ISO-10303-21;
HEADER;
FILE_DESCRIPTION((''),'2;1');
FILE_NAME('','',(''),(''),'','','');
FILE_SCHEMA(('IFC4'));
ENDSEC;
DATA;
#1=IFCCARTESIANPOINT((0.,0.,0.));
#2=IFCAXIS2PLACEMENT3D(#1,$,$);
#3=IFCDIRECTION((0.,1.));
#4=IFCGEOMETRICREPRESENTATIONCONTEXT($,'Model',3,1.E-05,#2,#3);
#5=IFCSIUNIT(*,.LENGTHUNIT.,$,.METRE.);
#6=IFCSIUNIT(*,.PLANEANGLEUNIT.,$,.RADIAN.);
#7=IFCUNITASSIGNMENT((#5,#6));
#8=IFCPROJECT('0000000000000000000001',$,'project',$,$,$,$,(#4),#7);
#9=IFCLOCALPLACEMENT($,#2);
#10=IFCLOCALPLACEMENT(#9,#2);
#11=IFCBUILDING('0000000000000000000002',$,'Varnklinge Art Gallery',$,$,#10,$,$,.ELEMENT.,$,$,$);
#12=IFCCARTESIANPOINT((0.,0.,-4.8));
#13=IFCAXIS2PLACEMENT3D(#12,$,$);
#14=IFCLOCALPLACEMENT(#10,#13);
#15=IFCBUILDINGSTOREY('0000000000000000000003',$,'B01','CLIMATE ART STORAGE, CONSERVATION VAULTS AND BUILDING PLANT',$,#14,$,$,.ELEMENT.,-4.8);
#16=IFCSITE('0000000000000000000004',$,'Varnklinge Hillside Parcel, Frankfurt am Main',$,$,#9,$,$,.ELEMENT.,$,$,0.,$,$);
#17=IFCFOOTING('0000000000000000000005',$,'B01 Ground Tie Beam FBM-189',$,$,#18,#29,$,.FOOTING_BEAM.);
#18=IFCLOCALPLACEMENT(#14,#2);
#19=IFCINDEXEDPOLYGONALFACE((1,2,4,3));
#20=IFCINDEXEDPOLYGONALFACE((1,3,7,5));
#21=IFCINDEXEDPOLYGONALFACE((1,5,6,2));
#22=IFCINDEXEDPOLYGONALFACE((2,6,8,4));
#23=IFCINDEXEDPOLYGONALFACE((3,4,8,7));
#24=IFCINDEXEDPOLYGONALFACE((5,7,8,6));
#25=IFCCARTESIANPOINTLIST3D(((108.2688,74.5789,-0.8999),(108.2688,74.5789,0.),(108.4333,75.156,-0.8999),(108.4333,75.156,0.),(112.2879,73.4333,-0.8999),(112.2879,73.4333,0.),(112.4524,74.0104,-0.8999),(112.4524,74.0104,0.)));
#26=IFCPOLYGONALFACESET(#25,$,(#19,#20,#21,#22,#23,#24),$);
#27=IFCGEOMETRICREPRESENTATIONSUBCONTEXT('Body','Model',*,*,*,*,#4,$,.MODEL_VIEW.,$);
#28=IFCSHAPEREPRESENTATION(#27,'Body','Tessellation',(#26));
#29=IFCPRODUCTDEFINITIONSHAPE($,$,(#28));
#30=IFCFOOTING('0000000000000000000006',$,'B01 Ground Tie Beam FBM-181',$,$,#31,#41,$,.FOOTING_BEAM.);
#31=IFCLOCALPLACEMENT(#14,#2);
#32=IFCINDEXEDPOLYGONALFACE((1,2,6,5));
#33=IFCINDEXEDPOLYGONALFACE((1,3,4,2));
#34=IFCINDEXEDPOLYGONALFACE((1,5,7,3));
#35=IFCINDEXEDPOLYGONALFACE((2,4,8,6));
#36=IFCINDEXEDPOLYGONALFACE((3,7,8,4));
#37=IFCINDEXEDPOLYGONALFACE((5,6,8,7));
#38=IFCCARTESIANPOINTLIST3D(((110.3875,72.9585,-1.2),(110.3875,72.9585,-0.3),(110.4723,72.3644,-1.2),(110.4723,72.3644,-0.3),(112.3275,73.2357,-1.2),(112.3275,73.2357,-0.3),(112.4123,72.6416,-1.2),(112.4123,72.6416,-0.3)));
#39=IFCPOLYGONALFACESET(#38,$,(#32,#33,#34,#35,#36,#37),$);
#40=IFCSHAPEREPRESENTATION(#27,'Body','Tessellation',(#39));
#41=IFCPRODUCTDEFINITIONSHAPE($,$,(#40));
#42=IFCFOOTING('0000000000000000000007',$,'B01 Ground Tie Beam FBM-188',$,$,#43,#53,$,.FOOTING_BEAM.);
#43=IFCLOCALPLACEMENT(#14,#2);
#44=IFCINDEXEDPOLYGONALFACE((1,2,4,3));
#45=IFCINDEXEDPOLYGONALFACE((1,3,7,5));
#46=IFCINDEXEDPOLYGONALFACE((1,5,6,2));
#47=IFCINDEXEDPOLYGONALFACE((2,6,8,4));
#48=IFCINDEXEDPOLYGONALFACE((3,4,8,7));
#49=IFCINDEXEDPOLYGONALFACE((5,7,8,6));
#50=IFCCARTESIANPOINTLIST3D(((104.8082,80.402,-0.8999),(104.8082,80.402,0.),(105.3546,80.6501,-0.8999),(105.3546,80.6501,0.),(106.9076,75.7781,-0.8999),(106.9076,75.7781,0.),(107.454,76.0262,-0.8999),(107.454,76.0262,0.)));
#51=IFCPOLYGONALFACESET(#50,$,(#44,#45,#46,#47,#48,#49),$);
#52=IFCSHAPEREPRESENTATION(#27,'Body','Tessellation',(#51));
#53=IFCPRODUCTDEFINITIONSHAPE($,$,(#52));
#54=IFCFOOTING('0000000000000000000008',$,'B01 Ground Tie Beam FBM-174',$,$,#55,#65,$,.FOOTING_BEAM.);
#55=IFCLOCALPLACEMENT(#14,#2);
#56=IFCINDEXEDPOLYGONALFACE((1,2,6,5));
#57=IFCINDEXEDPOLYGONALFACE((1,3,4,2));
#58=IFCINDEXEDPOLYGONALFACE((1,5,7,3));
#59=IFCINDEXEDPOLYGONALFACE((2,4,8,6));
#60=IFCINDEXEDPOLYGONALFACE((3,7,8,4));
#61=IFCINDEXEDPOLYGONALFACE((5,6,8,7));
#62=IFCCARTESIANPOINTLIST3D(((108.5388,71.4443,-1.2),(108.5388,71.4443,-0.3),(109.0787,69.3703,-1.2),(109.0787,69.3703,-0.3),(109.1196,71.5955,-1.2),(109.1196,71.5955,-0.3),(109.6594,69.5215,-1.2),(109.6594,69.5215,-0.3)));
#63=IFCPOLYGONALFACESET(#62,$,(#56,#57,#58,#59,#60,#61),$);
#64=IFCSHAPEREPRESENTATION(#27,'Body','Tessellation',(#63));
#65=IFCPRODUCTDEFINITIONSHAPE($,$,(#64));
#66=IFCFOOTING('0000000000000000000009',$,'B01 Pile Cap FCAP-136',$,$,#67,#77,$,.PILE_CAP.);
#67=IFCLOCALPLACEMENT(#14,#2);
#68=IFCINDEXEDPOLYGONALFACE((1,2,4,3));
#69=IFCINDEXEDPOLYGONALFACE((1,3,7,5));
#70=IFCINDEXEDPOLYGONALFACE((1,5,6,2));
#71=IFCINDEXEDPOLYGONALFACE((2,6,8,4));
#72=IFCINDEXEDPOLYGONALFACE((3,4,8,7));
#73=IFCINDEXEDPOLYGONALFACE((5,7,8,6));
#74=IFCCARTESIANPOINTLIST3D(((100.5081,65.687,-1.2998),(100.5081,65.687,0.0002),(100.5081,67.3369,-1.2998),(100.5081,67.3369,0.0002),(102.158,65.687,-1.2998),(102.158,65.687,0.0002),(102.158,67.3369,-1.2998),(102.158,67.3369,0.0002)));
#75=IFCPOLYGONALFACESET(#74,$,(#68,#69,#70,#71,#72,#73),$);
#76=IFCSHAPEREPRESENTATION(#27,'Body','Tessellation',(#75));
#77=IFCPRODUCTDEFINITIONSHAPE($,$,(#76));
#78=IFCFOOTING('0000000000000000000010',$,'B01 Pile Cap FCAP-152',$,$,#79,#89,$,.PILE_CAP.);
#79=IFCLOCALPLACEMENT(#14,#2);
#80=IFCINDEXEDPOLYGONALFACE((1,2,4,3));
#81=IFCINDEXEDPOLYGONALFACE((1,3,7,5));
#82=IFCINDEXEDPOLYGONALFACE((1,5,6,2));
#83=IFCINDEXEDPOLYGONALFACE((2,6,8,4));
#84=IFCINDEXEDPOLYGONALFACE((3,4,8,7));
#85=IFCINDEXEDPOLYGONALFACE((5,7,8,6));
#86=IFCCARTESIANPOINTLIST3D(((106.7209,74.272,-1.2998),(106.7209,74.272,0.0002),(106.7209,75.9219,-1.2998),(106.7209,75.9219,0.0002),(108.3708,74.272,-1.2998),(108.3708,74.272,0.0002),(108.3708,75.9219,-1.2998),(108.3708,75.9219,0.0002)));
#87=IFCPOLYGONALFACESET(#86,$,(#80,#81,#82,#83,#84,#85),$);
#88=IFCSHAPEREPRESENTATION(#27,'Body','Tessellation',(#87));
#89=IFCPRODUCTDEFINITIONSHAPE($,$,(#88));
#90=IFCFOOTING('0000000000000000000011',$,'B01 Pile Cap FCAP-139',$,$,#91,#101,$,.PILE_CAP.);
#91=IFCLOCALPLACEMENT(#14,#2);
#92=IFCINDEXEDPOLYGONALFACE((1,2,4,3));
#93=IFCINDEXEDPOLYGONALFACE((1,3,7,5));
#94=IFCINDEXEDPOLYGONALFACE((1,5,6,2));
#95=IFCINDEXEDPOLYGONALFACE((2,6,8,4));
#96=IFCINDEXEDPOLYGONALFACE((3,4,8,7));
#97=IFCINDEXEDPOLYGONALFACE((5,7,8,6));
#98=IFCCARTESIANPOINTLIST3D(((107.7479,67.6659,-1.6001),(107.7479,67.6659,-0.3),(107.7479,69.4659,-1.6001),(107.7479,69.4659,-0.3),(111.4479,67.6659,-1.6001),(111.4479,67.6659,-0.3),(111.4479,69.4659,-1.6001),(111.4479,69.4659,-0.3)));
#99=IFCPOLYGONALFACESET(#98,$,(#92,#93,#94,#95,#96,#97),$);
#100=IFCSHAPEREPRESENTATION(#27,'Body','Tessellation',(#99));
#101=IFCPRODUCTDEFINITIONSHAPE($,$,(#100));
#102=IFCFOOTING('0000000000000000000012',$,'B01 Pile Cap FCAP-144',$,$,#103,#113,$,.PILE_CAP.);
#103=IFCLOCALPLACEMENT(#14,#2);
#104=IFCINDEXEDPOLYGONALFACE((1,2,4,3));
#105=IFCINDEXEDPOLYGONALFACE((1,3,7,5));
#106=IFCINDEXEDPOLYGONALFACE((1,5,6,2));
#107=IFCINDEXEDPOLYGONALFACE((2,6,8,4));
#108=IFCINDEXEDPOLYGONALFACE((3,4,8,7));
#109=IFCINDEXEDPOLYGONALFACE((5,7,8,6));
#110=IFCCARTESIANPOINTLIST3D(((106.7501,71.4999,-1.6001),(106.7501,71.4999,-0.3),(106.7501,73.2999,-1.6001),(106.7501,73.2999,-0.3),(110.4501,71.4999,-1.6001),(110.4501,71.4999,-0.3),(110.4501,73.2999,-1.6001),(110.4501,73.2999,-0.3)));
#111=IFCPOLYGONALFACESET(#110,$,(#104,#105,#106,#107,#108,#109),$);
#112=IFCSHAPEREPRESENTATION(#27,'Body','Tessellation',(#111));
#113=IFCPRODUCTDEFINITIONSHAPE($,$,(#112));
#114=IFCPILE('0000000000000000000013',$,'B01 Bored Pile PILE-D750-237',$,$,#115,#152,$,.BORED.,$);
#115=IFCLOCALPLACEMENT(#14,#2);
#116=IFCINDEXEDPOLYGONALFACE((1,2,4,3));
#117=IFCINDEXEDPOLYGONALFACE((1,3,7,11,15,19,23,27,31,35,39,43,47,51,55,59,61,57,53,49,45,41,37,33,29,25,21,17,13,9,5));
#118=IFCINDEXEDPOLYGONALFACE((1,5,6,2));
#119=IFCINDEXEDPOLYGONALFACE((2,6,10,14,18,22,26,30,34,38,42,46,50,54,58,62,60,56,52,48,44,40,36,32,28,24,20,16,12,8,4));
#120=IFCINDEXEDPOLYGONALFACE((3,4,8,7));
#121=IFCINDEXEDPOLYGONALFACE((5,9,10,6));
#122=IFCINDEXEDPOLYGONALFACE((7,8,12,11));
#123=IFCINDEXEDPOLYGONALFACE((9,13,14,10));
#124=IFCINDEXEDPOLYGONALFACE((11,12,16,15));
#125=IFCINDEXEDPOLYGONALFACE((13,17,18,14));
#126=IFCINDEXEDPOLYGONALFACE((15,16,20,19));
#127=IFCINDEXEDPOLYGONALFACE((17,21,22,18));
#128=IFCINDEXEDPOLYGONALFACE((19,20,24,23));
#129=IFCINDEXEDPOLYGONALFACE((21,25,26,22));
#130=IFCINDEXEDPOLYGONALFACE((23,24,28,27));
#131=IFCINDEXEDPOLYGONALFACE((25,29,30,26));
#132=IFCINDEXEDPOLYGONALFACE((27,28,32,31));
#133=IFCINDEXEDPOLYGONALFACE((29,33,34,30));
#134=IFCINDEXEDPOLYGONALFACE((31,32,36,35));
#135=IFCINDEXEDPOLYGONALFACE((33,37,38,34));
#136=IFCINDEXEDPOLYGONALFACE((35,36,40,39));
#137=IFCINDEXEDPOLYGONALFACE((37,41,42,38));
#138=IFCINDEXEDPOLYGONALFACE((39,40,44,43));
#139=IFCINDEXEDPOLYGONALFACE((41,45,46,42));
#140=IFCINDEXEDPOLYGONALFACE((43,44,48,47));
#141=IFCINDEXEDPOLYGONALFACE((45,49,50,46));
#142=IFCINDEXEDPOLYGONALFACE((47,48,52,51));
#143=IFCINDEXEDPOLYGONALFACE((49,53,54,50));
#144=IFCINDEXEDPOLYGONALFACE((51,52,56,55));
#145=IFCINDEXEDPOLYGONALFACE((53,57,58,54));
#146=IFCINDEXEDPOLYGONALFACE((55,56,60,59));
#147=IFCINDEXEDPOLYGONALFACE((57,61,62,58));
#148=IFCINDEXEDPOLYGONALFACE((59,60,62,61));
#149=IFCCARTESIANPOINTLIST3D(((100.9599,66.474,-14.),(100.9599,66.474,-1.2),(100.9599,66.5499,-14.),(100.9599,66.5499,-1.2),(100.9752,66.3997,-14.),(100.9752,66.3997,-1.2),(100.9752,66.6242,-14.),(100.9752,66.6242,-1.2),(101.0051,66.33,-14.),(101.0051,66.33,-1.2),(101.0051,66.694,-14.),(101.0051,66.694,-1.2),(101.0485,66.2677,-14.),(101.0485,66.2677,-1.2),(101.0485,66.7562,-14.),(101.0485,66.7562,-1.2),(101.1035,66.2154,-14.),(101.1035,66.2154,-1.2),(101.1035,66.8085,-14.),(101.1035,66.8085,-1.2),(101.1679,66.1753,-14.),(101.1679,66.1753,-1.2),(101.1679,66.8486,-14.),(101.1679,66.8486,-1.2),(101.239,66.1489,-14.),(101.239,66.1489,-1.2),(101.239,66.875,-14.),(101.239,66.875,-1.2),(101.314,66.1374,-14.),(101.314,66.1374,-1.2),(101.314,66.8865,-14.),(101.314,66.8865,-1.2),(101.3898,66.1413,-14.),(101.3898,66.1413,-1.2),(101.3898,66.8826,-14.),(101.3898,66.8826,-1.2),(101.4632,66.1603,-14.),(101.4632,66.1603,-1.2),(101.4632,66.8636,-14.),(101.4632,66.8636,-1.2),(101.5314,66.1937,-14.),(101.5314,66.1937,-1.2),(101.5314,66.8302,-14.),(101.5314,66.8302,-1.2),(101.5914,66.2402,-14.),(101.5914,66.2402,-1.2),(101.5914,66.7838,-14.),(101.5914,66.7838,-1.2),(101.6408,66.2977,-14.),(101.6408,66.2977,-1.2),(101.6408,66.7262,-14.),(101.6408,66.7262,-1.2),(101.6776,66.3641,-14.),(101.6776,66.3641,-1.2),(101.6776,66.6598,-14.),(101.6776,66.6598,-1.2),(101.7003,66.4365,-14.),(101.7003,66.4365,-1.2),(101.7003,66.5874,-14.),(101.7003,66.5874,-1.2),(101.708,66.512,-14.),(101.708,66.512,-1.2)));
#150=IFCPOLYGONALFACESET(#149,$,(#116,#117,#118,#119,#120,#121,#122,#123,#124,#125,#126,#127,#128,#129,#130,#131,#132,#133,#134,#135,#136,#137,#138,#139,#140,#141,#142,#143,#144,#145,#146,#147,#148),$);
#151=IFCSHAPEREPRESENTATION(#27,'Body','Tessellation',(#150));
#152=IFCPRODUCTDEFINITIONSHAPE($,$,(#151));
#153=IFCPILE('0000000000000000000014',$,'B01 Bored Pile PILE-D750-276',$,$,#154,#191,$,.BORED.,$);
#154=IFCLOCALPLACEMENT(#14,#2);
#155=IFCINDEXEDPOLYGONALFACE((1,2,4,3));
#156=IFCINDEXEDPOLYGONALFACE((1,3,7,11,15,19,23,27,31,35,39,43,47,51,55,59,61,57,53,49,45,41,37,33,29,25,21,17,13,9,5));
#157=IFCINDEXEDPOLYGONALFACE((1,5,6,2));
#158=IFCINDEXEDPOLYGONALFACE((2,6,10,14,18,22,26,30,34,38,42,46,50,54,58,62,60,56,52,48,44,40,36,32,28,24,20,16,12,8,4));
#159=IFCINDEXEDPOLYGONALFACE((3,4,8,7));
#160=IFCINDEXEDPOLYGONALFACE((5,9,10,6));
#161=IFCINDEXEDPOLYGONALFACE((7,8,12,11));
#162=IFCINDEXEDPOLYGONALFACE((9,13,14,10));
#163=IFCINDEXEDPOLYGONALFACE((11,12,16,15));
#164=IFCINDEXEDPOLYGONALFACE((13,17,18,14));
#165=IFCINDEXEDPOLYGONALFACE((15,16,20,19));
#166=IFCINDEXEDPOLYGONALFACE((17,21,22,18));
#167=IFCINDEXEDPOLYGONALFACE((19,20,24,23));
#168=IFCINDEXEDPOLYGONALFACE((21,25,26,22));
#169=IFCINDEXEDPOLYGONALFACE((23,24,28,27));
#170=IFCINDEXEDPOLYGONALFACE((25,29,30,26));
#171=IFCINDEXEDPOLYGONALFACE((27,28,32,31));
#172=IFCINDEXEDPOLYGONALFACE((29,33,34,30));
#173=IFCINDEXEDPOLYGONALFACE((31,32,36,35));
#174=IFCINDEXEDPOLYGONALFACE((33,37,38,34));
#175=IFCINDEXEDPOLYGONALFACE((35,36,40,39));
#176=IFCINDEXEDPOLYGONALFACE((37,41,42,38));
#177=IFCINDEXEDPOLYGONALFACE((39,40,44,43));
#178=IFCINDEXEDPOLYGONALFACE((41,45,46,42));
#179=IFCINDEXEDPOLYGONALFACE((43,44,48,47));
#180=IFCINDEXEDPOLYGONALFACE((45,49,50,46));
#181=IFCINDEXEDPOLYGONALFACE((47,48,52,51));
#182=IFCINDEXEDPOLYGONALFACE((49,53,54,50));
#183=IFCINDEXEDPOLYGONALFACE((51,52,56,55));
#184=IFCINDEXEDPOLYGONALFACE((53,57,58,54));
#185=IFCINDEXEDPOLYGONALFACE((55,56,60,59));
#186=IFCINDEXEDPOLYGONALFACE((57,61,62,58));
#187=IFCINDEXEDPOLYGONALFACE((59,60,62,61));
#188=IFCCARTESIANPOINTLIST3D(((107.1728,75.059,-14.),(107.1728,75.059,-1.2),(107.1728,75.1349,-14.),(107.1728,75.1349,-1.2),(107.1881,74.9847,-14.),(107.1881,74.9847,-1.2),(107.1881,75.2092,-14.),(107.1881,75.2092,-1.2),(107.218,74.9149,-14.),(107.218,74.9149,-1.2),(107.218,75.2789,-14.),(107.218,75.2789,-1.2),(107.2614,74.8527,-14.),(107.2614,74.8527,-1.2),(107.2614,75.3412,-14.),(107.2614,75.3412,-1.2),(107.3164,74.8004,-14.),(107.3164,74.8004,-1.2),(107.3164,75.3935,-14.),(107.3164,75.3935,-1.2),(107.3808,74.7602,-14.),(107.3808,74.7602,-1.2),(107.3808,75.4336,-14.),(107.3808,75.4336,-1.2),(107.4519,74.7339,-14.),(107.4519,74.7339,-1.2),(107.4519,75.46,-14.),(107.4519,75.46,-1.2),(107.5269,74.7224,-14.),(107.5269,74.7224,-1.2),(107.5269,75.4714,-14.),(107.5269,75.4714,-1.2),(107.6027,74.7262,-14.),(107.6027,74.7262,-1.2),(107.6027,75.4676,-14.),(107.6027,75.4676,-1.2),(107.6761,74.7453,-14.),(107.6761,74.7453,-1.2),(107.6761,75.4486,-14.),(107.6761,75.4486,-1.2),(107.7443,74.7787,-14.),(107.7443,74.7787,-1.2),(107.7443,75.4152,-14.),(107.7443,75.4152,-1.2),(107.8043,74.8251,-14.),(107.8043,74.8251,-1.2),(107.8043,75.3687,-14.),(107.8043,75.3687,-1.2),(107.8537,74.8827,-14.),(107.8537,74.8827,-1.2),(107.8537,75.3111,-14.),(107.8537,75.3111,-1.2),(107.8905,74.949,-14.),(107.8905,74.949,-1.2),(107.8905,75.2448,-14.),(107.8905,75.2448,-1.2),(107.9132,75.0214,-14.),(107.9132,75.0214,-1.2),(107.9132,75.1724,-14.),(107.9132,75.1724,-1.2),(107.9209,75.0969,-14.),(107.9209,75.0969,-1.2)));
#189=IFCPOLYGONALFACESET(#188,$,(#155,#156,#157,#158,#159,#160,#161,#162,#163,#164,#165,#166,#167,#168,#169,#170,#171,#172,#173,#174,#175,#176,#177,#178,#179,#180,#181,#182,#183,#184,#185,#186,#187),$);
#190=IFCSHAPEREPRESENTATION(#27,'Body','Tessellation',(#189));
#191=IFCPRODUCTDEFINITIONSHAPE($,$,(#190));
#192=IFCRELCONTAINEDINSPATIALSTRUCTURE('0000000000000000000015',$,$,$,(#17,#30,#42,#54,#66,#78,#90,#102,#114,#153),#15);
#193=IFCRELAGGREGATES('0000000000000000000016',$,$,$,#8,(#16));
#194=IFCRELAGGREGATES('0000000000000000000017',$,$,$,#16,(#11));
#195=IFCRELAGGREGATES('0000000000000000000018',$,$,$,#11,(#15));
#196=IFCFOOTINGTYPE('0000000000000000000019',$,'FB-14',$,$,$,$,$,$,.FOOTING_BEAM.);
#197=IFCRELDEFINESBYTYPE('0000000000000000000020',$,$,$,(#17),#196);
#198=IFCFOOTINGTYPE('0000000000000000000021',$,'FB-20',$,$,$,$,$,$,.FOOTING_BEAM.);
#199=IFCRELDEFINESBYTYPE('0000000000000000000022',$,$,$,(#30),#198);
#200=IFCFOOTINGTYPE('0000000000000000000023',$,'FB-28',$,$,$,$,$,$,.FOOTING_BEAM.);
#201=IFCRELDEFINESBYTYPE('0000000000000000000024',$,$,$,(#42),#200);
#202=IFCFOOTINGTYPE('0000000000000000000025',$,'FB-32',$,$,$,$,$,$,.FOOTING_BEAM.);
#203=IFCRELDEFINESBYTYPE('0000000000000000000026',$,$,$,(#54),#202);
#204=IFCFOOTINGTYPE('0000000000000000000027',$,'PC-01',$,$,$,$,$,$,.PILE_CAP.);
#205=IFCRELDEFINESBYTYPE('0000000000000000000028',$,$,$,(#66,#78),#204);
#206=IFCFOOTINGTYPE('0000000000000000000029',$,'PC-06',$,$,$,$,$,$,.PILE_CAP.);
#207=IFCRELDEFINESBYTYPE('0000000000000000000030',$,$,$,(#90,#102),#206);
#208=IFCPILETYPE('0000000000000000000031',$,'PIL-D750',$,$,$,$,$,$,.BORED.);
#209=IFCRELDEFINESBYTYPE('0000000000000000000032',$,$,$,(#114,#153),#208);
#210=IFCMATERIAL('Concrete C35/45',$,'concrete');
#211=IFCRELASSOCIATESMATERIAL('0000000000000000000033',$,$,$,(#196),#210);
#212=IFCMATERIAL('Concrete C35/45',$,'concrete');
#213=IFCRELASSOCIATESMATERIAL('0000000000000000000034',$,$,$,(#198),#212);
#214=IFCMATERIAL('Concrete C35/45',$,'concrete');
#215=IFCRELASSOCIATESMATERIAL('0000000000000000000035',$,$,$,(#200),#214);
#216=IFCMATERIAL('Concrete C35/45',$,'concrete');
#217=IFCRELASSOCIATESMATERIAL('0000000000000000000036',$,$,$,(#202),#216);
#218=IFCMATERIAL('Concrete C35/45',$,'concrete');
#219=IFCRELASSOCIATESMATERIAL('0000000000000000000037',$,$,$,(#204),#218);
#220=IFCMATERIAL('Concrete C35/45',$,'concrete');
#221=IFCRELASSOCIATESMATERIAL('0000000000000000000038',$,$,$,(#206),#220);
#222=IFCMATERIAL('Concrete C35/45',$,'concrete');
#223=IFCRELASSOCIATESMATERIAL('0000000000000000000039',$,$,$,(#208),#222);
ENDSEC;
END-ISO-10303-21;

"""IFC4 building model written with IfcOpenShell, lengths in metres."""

from ifc_helpers import new_model, si_unit, direction, frame, origin, origin_2d, place, context, subcontext, project, spatial, rectangle, circle, extrude, material, material_profile, profile_set, type_object, element, save


model = new_model("IFC4")

# Units and contexts
model_context = context("Model", 3, precision=1e-05, world=origin(), true_north=direction((0.0, 1.0)))
body_context = subcontext(model_context, "Body", "Model", "MODEL_VIEW")
ifc_project = project(units=[si_unit("LENGTHUNIT", "METRE"), si_unit("PLANEANGLEUNIT", "RADIAN")], contexts=[model_context])

# Site, building, storey
site_placement = place(None, origin())
site = spatial("IfcSite", under=ifc_project, at=site_placement, Name="Varnklinge Hillside Parcel, Frankfurt am Main", CompositionType="ELEMENT", RefElevation=0.0)
building_placement = place(site_placement, origin())
building = spatial("IfcBuilding", under=site, at=building_placement, Name="Varnklinge Art Gallery", CompositionType="ELEMENT")
storey_placement = place(building_placement, frame((0.0, 0.0, -4.8)))
storey = spatial("IfcBuildingStorey", under=building, at=storey_placement, Name="B01", Description="CLIMATE ART STORAGE, CONSERVATION VAULTS AND BUILDING PLANT", CompositionType="ELEMENT", Elevation=-4.8)

# Footings
ifc_material_1 = material(Name="Concrete C35/45", Category="concrete")
footing_type_1 = type_object("IfcFootingType", Name="FB-14", PredefinedType="FOOTING_BEAM", material=ifc_material_1)
footing_1_placement = place(storey_placement, frame((110.3606, 74.2947, -0.8999), z_axis=(0.0, 0.0, 1.0), x_axis=(0.961693, -0.274127, 0.0)))
element("IfcFooting", 1, at=footing_1_placement, inside=storey, type_object=footing_type_1, Name="B01 Ground Tie Beam FBM-189", PredefinedType="FOOTING_BEAM", context=body_context, shape_type="SweptSolid", body=[
    extrude(rectangle(XDim=4.1792, YDim=0.6001, at=origin_2d()), origin(), (0.0, 0.0, 1.0), 0.8999),
])
ifc_material_2 = material(Name="Concrete C35/45", Category="concrete")
footing_type_2 = type_object("IfcFootingType", Name="FB-20", PredefinedType="FOOTING_BEAM", material=ifc_material_2)
footing_2_placement = place(storey_placement, frame((111.3999, 72.8, -1.2), z_axis=(0.0, 0.0, 1.0), x_axis=(0.98995, 0.14142, 0.0)))
element("IfcFooting", 2, at=footing_2_placement, inside=storey, type_object=footing_type_2, Name="B01 Ground Tie Beam FBM-181", PredefinedType="FOOTING_BEAM", context=body_context, shape_type="SweptSolid", body=[
    extrude(rectangle(XDim=1.9597, YDim=0.6001, at=origin_2d()), origin(), (0.0, 0.0, 1.0), 0.8999),
])
ifc_material_3 = material(Name="Concrete C35/45", Category="concrete")
footing_type_3 = type_object("IfcFootingType", Name="FB-28", PredefinedType="FOOTING_BEAM", material=ifc_material_3)
footing_3_placement = place(storey_placement, frame((106.1311, 78.2141, -0.8999), z_axis=(0.0, 0.0, 1.0), x_axis=(-0.413422, 0.910539, 0.0)))
element("IfcFooting", 3, at=footing_3_placement, inside=storey, type_object=footing_type_3, Name="B01 Ground Tie Beam FBM-188", PredefinedType="FOOTING_BEAM", context=body_context, shape_type="SweptSolid", body=[
    extrude(rectangle(XDim=5.0781, YDim=0.6001, at=origin_2d()), origin(), (0.0, 0.0, 1.0), 0.8999),
])
ifc_material_4 = material(Name="Concrete C35/45", Category="concrete")
footing_type_4 = type_object("IfcFootingType", Name="FB-32", PredefinedType="FOOTING_BEAM", material=ifc_material_4)
footing_4_placement = place(storey_placement, frame((109.0991, 70.4829, -1.2), z_axis=(0.0, 0.0, 1.0), x_axis=(-0.2519, 0.967753, 0.0)))
element("IfcFooting", 4, at=footing_4_placement, inside=storey, type_object=footing_type_4, Name="B01 Ground Tie Beam FBM-174", PredefinedType="FOOTING_BEAM", context=body_context, shape_type="SweptSolid", body=[
    extrude(rectangle(XDim=2.1431, YDim=0.6001, at=origin_2d()), origin(), (0.0, 0.0, 1.0), 0.8999),
])
ifc_material_5 = material(Name="Concrete C35/45", Category="concrete")
footing_type_5 = type_object("IfcFootingType", Name="PC-01", PredefinedType="PILE_CAP", material=ifc_material_5)
for number, where, z_axis, x_axis, name in (
    (5, (101.333, 66.512, -1.2998), (0.0, 0.0, 1.0), (1.0, 0.0, 0.0), "B01 Pile Cap FCAP-136"),
    (6, (107.5459, 75.0969, -1.2998), (0.0, 0.0, 1.0), (1.0, 0.0, 0.0), "B01 Pile Cap FCAP-152"),
):
    element("IfcFooting", number, at=place(storey_placement, frame(where, z_axis=z_axis, x_axis=x_axis)), inside=storey, type_object=footing_type_5, Name=name, PredefinedType="PILE_CAP", context=body_context, shape_type="SweptSolid", body=[
        extrude(rectangle(XDim=1.6499, YDim=1.6499, at=origin_2d()), origin(), (0.0, 0.0, 1.0), 1.3),
    ])
ifc_material_6 = material(Name="Concrete C35/45", Category="concrete")
footing_type_6 = type_object("IfcFootingType", Name="PC-06", PredefinedType="PILE_CAP", material=ifc_material_6)
for number, where, z_axis, x_axis, name in (
    (7, (109.5979, 68.5659, -1.6001), (0.0, 0.0, 1.0), (1.0, 0.0, 0.0), "B01 Pile Cap FCAP-139"),
    (8, (108.6001, 72.3999, -1.6001), (0.0, 0.0, 1.0), (1.0, 0.0, 0.0), "B01 Pile Cap FCAP-144"),
):
    element("IfcFooting", number, at=place(storey_placement, frame(where, z_axis=z_axis, x_axis=x_axis)), inside=storey, type_object=footing_type_6, Name=name, PredefinedType="PILE_CAP", context=body_context, shape_type="SweptSolid", body=[
        extrude(rectangle(XDim=3.7, YDim=1.8, at=origin_2d()), origin(), (0.0, 0.0, 1.0), 1.3),
    ])

# Piles
ifc_material_7 = material(Name="Concrete C35/45", Category="concrete")
ifc_material_profile_1 = material_profile(ifc_material_7, circle(Radius=0.375, at=origin_2d()), Name="PILE D750")
ifc_profile_set_1 = profile_set([ifc_material_profile_1], Name="Concrete C35/45")
pile_type_1 = type_object("IfcPileType", Name="PIL-D750", PredefinedType="BORED", material=ifc_profile_set_1)
for number, where, z_axis, x_axis, name in (
    (9, (101.333, 66.512, -1.2), (0.0, 0.0, -1.0), (1.0, 0.0, 0.0), "B01 Bored Pile PILE-D750-237"),
    (10, (107.5459, 75.0969, -1.2), (0.0, 0.0, -1.0), (1.0, 0.0, 0.0), "B01 Bored Pile PILE-D750-276"),
):
    element("IfcPile", number, at=place(storey_placement, frame(where, z_axis=z_axis, x_axis=x_axis)), inside=storey, type_object=pile_type_1, Name=name, PredefinedType="BORED", context=body_context, shape_type="SweptSolid", body=[
        extrude(circle(Radius=0.375, at=origin_2d()), origin(), (0.0, 0.0, 1.0), 12.8),
    ])

save(model, "model.ifc")
